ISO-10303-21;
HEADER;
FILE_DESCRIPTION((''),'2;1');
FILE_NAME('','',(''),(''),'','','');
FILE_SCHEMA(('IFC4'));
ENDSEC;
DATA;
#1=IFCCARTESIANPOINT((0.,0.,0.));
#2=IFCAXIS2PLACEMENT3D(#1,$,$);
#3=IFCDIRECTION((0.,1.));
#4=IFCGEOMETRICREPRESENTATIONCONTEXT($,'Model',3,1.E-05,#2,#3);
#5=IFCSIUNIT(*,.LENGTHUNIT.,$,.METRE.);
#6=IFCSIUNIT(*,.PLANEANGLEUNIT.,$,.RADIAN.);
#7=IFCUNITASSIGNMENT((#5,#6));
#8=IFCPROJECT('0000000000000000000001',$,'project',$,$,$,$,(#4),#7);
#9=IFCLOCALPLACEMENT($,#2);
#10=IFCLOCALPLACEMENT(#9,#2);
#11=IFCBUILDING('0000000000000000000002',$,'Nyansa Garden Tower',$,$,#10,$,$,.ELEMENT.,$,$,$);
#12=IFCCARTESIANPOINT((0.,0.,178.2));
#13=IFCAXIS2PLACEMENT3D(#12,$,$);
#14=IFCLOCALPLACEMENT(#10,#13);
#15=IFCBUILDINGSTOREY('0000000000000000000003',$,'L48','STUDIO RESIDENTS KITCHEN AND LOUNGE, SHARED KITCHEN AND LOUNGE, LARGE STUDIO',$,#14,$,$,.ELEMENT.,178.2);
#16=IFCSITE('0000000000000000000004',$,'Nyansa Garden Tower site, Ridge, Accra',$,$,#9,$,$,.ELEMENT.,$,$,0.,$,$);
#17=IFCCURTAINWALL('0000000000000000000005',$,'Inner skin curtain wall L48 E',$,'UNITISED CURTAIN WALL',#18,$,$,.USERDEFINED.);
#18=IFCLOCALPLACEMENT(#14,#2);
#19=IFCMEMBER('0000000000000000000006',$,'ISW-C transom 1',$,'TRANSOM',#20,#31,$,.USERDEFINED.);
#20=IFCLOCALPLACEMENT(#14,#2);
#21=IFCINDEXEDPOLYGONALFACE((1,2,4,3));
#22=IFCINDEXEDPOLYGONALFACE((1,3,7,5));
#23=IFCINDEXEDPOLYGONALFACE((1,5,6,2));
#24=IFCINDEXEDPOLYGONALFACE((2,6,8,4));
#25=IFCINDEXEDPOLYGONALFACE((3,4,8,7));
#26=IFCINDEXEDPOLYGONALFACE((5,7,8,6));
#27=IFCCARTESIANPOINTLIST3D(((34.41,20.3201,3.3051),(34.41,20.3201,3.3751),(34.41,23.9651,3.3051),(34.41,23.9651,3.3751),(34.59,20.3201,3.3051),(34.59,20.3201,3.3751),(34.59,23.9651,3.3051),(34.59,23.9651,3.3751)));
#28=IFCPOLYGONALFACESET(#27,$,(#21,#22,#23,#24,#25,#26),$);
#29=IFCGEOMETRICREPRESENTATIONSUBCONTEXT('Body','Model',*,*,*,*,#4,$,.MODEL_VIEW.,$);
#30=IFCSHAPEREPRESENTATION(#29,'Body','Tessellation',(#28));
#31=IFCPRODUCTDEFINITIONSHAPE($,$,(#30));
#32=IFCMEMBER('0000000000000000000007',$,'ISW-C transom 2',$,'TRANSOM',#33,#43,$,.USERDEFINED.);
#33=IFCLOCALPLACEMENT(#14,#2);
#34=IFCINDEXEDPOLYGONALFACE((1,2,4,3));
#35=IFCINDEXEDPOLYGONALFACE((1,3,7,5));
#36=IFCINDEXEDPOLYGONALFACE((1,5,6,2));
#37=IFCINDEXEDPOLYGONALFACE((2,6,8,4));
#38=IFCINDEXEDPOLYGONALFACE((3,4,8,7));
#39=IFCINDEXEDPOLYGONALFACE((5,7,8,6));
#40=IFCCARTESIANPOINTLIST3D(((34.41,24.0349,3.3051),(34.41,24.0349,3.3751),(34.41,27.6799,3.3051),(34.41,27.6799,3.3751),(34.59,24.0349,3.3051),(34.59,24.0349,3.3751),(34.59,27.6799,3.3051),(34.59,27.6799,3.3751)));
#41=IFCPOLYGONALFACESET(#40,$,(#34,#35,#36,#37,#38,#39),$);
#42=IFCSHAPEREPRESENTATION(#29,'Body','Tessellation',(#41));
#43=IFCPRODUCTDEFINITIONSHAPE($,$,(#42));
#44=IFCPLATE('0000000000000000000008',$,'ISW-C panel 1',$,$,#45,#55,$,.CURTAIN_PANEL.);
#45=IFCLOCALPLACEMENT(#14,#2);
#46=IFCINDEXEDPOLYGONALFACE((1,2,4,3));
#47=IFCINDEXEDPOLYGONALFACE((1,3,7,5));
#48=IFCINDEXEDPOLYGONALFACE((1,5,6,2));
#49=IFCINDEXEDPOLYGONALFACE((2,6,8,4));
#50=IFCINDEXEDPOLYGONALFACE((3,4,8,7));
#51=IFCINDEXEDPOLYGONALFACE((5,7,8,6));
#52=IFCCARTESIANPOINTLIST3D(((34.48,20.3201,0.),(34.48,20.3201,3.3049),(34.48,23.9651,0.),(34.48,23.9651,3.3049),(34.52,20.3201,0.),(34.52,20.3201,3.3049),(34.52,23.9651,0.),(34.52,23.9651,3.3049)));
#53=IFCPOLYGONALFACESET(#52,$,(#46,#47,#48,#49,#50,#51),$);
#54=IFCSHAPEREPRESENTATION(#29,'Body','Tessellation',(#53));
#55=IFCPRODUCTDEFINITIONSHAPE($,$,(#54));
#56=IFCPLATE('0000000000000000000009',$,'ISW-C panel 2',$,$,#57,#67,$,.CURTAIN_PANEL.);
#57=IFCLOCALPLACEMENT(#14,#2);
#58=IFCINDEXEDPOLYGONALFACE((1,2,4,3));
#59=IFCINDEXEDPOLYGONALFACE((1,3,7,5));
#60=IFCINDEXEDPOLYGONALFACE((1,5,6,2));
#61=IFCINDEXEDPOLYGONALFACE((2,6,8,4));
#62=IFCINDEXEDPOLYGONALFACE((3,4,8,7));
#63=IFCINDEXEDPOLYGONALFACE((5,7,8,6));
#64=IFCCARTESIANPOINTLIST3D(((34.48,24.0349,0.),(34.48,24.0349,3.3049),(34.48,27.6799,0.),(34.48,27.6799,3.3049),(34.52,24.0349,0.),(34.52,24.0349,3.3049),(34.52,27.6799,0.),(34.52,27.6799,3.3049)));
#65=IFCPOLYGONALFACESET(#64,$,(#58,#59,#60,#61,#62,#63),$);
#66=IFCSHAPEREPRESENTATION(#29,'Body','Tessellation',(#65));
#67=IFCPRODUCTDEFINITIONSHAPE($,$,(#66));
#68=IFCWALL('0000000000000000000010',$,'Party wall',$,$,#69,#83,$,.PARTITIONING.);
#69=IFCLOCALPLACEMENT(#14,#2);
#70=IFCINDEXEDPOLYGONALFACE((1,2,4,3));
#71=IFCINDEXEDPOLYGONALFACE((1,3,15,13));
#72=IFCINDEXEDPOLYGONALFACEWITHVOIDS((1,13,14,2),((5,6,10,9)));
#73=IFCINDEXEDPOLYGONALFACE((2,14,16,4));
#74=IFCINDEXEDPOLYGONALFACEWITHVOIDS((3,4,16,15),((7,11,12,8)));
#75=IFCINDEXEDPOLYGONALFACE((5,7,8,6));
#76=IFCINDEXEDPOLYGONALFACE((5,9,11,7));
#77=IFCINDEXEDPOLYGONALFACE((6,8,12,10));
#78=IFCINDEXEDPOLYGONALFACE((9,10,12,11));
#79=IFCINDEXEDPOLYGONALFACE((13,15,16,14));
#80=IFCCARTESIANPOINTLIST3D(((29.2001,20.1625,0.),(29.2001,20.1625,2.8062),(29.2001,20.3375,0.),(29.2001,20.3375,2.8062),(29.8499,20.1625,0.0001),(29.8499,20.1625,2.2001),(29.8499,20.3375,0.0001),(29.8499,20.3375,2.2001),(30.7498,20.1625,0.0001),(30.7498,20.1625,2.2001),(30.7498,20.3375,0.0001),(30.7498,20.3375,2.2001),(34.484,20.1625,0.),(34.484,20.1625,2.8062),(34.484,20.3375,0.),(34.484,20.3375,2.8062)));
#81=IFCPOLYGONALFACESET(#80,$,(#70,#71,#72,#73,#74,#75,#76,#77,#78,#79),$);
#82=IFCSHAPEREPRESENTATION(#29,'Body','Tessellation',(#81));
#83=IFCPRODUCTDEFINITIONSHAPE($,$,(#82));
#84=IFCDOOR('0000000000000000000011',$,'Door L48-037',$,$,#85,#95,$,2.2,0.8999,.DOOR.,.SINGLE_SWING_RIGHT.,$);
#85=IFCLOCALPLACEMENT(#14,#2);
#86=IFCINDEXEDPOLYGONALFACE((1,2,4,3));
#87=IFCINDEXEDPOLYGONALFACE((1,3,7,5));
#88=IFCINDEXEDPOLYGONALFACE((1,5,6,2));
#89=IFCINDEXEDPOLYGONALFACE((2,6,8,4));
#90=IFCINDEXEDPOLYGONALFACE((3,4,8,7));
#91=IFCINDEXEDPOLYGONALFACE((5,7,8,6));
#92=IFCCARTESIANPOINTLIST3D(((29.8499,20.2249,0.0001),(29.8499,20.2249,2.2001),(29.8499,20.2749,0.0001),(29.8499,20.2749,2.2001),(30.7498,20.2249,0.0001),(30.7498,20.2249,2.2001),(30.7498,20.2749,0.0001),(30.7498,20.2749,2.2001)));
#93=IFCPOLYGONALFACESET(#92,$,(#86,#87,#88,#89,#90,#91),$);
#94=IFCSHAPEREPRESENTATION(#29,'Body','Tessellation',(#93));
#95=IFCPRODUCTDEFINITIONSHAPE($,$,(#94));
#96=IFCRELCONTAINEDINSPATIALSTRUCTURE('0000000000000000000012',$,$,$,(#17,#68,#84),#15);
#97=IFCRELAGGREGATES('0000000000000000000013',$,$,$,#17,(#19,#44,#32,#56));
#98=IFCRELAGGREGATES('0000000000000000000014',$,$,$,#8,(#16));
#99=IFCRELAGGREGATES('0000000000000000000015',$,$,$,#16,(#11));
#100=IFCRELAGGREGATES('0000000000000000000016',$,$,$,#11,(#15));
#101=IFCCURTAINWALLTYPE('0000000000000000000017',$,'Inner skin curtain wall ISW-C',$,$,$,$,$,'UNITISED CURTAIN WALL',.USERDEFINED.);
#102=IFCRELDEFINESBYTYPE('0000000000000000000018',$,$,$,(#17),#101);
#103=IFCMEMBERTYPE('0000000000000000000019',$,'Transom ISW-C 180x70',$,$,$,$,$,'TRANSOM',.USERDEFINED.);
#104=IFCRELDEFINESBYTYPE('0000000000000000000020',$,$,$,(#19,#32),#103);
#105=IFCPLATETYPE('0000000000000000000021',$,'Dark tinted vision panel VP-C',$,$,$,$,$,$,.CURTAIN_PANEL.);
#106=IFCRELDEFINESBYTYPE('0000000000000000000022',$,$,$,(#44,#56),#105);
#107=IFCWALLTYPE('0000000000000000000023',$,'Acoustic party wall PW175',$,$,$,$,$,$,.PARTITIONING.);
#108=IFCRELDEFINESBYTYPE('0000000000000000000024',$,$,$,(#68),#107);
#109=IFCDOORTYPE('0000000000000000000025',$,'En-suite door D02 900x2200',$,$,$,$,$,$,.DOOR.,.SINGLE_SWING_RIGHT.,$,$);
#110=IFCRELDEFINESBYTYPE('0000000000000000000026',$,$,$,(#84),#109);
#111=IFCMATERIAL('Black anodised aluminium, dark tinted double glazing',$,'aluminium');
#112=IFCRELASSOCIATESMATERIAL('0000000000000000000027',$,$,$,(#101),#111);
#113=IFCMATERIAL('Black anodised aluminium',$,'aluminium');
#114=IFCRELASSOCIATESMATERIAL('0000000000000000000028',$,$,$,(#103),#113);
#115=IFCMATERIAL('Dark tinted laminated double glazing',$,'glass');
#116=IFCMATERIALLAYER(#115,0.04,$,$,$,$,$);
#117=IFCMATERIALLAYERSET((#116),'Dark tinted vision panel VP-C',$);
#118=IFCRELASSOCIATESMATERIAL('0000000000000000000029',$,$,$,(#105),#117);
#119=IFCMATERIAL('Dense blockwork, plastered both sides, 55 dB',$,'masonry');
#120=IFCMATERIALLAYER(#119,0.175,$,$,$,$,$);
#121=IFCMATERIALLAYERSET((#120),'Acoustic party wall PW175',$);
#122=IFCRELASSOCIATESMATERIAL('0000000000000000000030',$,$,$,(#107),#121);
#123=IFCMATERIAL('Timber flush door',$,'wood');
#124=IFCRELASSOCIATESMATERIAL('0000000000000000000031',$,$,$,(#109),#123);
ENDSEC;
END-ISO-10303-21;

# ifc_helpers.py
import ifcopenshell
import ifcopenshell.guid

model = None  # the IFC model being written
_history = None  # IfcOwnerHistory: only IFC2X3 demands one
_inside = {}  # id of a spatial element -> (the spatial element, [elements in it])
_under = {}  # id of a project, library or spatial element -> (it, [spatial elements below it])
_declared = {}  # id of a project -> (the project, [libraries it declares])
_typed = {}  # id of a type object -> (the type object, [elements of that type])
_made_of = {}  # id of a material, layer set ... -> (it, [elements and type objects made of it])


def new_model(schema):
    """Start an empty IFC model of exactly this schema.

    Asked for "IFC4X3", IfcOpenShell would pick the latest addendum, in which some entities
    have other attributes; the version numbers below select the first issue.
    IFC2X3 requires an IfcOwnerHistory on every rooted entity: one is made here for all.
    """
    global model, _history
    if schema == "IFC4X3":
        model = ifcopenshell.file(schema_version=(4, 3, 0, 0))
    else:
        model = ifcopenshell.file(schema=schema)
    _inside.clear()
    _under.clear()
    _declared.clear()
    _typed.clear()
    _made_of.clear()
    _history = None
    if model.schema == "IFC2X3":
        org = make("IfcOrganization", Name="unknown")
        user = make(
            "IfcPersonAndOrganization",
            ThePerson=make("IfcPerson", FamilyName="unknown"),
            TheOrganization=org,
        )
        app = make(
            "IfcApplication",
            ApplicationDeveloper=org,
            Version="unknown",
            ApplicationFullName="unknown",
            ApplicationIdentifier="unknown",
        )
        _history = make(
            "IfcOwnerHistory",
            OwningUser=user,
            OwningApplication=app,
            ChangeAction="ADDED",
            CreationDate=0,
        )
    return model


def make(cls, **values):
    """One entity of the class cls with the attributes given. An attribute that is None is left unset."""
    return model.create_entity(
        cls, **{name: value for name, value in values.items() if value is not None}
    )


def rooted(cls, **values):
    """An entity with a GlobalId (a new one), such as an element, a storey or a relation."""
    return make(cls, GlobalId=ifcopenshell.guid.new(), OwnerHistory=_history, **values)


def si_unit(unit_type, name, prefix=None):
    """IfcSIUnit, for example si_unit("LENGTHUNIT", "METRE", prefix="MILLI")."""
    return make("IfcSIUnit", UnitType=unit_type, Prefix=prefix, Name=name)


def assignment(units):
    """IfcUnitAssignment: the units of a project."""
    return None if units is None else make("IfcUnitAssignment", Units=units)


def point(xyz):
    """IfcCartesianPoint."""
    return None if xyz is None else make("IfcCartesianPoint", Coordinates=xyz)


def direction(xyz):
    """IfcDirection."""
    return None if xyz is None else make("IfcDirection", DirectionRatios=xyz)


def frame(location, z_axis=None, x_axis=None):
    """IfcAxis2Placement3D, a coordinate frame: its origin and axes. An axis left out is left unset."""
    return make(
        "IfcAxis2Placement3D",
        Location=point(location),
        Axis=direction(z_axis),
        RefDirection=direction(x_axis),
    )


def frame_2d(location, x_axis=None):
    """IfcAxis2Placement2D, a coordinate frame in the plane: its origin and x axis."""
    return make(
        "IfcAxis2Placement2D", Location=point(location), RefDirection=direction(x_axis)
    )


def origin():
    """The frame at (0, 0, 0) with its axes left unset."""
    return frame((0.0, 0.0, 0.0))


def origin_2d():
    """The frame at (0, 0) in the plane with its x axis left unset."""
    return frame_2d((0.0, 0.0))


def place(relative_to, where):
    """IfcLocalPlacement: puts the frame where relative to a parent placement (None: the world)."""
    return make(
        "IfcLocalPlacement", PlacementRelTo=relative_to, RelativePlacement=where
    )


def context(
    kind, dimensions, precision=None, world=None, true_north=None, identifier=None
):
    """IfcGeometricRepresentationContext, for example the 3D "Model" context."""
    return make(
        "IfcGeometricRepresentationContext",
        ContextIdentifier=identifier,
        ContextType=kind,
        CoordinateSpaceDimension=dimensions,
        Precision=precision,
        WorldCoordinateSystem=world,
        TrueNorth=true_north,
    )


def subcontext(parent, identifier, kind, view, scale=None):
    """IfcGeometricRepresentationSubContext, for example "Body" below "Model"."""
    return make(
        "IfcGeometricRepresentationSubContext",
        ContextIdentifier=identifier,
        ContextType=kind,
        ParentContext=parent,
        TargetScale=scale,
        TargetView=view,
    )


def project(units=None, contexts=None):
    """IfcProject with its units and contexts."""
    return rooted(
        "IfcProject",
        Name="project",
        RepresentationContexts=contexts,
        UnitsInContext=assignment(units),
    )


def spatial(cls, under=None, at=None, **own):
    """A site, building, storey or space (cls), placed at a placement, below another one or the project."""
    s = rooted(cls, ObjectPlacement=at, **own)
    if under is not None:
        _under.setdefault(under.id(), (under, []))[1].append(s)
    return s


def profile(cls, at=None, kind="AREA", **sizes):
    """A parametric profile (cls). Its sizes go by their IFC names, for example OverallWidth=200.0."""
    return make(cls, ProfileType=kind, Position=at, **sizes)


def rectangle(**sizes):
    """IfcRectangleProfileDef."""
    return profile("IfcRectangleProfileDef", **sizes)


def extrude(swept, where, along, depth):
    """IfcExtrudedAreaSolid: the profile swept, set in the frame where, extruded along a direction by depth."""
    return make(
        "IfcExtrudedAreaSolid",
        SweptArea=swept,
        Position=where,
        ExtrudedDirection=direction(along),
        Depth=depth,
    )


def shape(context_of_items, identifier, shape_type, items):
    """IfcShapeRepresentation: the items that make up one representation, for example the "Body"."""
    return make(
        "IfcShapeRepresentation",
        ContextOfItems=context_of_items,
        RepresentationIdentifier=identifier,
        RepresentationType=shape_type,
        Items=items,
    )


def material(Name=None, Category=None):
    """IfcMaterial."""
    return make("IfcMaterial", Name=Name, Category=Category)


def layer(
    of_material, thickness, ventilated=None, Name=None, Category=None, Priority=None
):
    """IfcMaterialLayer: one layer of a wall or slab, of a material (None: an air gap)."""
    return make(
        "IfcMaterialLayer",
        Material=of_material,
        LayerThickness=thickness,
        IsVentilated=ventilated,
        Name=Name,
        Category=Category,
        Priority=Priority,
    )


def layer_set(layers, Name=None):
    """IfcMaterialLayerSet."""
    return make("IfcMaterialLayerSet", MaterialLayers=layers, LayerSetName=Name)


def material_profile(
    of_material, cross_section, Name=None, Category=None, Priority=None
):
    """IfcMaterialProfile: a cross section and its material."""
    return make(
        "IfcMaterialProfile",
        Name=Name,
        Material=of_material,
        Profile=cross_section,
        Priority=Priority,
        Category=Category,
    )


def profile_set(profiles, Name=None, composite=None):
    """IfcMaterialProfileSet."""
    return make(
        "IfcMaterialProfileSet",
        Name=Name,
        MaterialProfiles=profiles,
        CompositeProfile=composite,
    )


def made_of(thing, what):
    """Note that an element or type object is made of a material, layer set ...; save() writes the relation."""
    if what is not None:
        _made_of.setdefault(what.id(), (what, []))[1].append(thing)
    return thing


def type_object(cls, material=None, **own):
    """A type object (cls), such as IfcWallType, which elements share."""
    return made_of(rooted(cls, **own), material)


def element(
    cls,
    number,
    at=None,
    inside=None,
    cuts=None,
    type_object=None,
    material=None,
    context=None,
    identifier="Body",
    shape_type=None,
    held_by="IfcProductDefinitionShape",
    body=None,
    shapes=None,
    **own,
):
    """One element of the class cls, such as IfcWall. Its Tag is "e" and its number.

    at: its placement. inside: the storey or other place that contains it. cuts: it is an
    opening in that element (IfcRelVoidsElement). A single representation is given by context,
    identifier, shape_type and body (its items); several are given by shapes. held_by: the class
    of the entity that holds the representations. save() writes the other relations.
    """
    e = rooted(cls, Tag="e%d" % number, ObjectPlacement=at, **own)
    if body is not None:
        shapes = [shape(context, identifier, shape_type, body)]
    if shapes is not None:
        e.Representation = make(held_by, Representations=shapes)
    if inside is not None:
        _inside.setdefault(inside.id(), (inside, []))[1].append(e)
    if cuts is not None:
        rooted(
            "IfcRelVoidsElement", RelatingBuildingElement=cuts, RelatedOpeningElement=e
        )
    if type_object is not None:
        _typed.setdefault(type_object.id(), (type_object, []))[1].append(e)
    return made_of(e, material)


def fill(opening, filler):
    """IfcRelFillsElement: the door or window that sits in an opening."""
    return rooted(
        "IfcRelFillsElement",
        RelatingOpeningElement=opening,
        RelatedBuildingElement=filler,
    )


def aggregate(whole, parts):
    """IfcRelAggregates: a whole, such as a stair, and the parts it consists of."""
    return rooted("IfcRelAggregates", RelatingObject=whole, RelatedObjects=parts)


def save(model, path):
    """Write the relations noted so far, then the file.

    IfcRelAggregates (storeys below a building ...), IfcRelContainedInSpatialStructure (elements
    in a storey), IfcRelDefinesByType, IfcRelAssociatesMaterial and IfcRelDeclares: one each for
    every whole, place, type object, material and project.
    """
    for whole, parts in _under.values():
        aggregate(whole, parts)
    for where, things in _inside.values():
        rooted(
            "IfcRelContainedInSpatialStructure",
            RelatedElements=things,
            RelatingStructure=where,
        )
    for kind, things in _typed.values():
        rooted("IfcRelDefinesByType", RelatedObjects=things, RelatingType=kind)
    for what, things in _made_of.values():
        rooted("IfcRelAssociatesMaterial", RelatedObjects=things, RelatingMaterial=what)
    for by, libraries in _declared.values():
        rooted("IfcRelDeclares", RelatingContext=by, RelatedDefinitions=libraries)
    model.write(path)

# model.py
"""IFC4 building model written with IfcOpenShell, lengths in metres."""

from ifc_helpers import new_model, si_unit, direction, frame, frame_2d, origin, origin_2d, place, context, subcontext, project, spatial, rectangle, extrude, material, layer, layer_set, material_profile, profile_set, type_object, element, fill, aggregate, save


model = new_model("IFC4")

# Units and contexts
model_context = context("Model", 3, precision=1e-05, world=origin(), true_north=direction((0.0, 1.0)))
body_context = subcontext(model_context, "Body", "Model", "MODEL_VIEW")
ifc_project = project(units=[si_unit("LENGTHUNIT", "METRE"), si_unit("PLANEANGLEUNIT", "RADIAN")], contexts=[model_context])

# Site, building, storey
site_placement = place(None, origin())
site = spatial("IfcSite", under=ifc_project, at=site_placement, Name="Nyansa Garden Tower site, Ridge, Accra", CompositionType="ELEMENT", RefElevation=0.0)
building_placement = place(site_placement, origin())
building = spatial("IfcBuilding", under=site, at=building_placement, Name="Nyansa Garden Tower", CompositionType="ELEMENT")
storey_placement = place(building_placement, frame((0.0, 0.0, 178.2)))
storey = spatial("IfcBuildingStorey", under=building, at=storey_placement, Name="L48", Description="STUDIO RESIDENTS KITCHEN AND LOUNGE, SHARED KITCHEN AND LOUNGE, LARGE STUDIO", CompositionType="ELEMENT", Elevation=178.2)

# Curtain wall
ifc_material_1 = material(Name="Black anodised aluminium, dark tinted double glazing", Category="aluminium")
curtain_wall_type = type_object("IfcCurtainWallType", Name="Inner skin curtain wall ISW-C", ElementType="UNITISED CURTAIN WALL", PredefinedType="USERDEFINED", material=ifc_material_1)
curtain_wall_placement = place(storey_placement, origin())
curtain_wall = element("IfcCurtainWall", 1, at=curtain_wall_placement, inside=storey, type_object=curtain_wall_type, Name="Inner skin curtain wall L48 E", ObjectType="UNITISED CURTAIN WALL", PredefinedType="USERDEFINED")

# Members
ifc_material_2 = material(Name="Black anodised aluminium", Category="aluminium")
ifc_material_profile_1 = material_profile(ifc_material_2, rectangle(XDim=0.1799, YDim=0.0701, at=origin_2d()), Name="Transom 180x70")
ifc_profile_set_1 = profile_set([ifc_material_profile_1], Name="Black anodised aluminium")
member_type_1 = type_object("IfcMemberType", Name="Transom ISW-C 180x70", ElementType="TRANSOM", PredefinedType="USERDEFINED", material=ifc_profile_set_1)
member_1_placement = place(storey_placement, frame((34.5, 20.3201, 3.3401), z_axis=(0.0, 1.0, 0.0), x_axis=(-1.0, 0.0, 0.0)))
member_1 = element("IfcMember", 2, at=member_1_placement, type_object=member_type_1, Name="ISW-C transom 1", ObjectType="TRANSOM", PredefinedType="USERDEFINED", context=body_context, shape_type="SweptSolid", body=[
    extrude(rectangle(XDim=0.1799, YDim=0.0701, at=origin_2d()), origin(), (0.0, 0.0, 1.0), 3.645),
])
member_2_placement = place(storey_placement, frame((34.5, 24.0349, 3.3401), z_axis=(0.0, 1.0, 0.0), x_axis=(-1.0, 0.0, 0.0)))
member_2 = element("IfcMember", 3, at=member_2_placement, type_object=member_type_1, Name="ISW-C transom 2", ObjectType="TRANSOM", PredefinedType="USERDEFINED", context=body_context, shape_type="SweptSolid", body=[
    extrude(rectangle(XDim=0.1799, YDim=0.0701, at=origin_2d()), origin(), (0.0, 0.0, 1.0), 3.645),
])

# Plates
ifc_material_3 = material(Name="Dark tinted laminated double glazing", Category="glass")
ifc_layer_1 = layer(ifc_material_3, 0.04)
ifc_layer_set_1 = layer_set([ifc_layer_1], Name="Dark tinted vision panel VP-C")
plate_type = type_object("IfcPlateType", Name="Dark tinted vision panel VP-C", PredefinedType="CURTAIN_PANEL", material=ifc_layer_set_1)
plate_1_placement = place(storey_placement, frame((34.5, 22.1426, 0.0), z_axis=(0.0, 0.0, 1.0), x_axis=(0.0, 1.0, 0.0)))
plate_1 = element("IfcPlate", 4, at=plate_1_placement, type_object=plate_type, Name="ISW-C panel 1", PredefinedType="CURTAIN_PANEL", context=body_context, shape_type="SweptSolid", body=[
    extrude(rectangle(XDim=3.645, YDim=0.04, at=origin_2d()), origin(), (0.0, 0.0, 1.0), 3.3049),
])
plate_2_placement = place(storey_placement, frame((34.5, 25.8574, 0.0), z_axis=(0.0, 0.0, 1.0), x_axis=(0.0, 1.0, 0.0)))
plate_2 = element("IfcPlate", 5, at=plate_2_placement, type_object=plate_type, Name="ISW-C panel 2", PredefinedType="CURTAIN_PANEL", context=body_context, shape_type="SweptSolid", body=[
    extrude(rectangle(XDim=3.645, YDim=0.04, at=origin_2d()), origin(), (0.0, 0.0, 1.0), 3.3049),
])
aggregate(curtain_wall, [member_1, plate_1, member_2, plate_2])

# Wall, opening, door
ifc_material_4 = material(Name="Dense blockwork, plastered both sides, 55 dB", Category="masonry")
ifc_layer_2 = layer(ifc_material_4, 0.175)
ifc_layer_set_2 = layer_set([ifc_layer_2], Name="Acoustic party wall PW175")
wall_type_1 = type_object("IfcWallType", Name="Acoustic party wall PW175", PredefinedType="PARTITIONING", material=ifc_layer_set_2)
wall_1_placement = place(storey_placement, frame((29.2, 20.25, 0.0), z_axis=(0.0, 0.0, 1.0), x_axis=(1.0, 0.0, 0.0)))
wall_1 = element("IfcWall", 6, at=wall_1_placement, inside=storey, type_object=wall_type_1, Name="Party wall", PredefinedType="PARTITIONING", context=body_context, shape_type="SweptSolid", body=[
    extrude(rectangle(XDim=5.2839, YDim=0.175, at=frame_2d((2.6421, 0.0))), origin(), (0.0, 0.0, 1.0), 2.8062),
])
opening_1_placement = place(wall_1_placement, frame((0.6499, 0.0, 0.0)))
opening_1 = element("IfcOpeningElement", 7, at=opening_1_placement, cuts=wall_1, PredefinedType="OPENING", context=body_context, shape_type="SweptSolid", body=[
    extrude(rectangle(XDim=0.8999, YDim=2.2, at=frame_2d((0.45, 1.1001))), frame((0.0, 0.0974, 0.0), z_axis=(0.0, -1.0, 0.0), x_axis=(1.0, 0.0, 0.0)), (0.0, 0.0, 1.0), 0.1951),
])
ifc_material_5 = material(Name="Timber flush door", Category="wood")
door_type_1 = type_object("IfcDoorType", Name="En-suite door D02 900x2200", OperationType="SINGLE_SWING_RIGHT", PredefinedType="DOOR", material=ifc_material_5)
door_1_placement = place(opening_1_placement, origin())
door_1 = element("IfcDoor", 8, at=door_1_placement, inside=storey, type_object=door_type_1, Name="Door L48-037", OperationType="SINGLE_SWING_RIGHT", OverallHeight=2.2, OverallWidth=0.8999, PredefinedType="DOOR", context=body_context, shape_type="SweptSolid", body=[
    extrude(rectangle(XDim=0.8999, YDim=2.2, at=frame_2d((0.45, 1.1001))), frame((0.0, 0.0249, 0.0), z_axis=(0.0, -1.0, 0.0), x_axis=(1.0, 0.0, 0.0)), (0.0, 0.0, 1.0), 0.05),
])
fill(opening_1, door_1)

save(model, "model.ifc")
